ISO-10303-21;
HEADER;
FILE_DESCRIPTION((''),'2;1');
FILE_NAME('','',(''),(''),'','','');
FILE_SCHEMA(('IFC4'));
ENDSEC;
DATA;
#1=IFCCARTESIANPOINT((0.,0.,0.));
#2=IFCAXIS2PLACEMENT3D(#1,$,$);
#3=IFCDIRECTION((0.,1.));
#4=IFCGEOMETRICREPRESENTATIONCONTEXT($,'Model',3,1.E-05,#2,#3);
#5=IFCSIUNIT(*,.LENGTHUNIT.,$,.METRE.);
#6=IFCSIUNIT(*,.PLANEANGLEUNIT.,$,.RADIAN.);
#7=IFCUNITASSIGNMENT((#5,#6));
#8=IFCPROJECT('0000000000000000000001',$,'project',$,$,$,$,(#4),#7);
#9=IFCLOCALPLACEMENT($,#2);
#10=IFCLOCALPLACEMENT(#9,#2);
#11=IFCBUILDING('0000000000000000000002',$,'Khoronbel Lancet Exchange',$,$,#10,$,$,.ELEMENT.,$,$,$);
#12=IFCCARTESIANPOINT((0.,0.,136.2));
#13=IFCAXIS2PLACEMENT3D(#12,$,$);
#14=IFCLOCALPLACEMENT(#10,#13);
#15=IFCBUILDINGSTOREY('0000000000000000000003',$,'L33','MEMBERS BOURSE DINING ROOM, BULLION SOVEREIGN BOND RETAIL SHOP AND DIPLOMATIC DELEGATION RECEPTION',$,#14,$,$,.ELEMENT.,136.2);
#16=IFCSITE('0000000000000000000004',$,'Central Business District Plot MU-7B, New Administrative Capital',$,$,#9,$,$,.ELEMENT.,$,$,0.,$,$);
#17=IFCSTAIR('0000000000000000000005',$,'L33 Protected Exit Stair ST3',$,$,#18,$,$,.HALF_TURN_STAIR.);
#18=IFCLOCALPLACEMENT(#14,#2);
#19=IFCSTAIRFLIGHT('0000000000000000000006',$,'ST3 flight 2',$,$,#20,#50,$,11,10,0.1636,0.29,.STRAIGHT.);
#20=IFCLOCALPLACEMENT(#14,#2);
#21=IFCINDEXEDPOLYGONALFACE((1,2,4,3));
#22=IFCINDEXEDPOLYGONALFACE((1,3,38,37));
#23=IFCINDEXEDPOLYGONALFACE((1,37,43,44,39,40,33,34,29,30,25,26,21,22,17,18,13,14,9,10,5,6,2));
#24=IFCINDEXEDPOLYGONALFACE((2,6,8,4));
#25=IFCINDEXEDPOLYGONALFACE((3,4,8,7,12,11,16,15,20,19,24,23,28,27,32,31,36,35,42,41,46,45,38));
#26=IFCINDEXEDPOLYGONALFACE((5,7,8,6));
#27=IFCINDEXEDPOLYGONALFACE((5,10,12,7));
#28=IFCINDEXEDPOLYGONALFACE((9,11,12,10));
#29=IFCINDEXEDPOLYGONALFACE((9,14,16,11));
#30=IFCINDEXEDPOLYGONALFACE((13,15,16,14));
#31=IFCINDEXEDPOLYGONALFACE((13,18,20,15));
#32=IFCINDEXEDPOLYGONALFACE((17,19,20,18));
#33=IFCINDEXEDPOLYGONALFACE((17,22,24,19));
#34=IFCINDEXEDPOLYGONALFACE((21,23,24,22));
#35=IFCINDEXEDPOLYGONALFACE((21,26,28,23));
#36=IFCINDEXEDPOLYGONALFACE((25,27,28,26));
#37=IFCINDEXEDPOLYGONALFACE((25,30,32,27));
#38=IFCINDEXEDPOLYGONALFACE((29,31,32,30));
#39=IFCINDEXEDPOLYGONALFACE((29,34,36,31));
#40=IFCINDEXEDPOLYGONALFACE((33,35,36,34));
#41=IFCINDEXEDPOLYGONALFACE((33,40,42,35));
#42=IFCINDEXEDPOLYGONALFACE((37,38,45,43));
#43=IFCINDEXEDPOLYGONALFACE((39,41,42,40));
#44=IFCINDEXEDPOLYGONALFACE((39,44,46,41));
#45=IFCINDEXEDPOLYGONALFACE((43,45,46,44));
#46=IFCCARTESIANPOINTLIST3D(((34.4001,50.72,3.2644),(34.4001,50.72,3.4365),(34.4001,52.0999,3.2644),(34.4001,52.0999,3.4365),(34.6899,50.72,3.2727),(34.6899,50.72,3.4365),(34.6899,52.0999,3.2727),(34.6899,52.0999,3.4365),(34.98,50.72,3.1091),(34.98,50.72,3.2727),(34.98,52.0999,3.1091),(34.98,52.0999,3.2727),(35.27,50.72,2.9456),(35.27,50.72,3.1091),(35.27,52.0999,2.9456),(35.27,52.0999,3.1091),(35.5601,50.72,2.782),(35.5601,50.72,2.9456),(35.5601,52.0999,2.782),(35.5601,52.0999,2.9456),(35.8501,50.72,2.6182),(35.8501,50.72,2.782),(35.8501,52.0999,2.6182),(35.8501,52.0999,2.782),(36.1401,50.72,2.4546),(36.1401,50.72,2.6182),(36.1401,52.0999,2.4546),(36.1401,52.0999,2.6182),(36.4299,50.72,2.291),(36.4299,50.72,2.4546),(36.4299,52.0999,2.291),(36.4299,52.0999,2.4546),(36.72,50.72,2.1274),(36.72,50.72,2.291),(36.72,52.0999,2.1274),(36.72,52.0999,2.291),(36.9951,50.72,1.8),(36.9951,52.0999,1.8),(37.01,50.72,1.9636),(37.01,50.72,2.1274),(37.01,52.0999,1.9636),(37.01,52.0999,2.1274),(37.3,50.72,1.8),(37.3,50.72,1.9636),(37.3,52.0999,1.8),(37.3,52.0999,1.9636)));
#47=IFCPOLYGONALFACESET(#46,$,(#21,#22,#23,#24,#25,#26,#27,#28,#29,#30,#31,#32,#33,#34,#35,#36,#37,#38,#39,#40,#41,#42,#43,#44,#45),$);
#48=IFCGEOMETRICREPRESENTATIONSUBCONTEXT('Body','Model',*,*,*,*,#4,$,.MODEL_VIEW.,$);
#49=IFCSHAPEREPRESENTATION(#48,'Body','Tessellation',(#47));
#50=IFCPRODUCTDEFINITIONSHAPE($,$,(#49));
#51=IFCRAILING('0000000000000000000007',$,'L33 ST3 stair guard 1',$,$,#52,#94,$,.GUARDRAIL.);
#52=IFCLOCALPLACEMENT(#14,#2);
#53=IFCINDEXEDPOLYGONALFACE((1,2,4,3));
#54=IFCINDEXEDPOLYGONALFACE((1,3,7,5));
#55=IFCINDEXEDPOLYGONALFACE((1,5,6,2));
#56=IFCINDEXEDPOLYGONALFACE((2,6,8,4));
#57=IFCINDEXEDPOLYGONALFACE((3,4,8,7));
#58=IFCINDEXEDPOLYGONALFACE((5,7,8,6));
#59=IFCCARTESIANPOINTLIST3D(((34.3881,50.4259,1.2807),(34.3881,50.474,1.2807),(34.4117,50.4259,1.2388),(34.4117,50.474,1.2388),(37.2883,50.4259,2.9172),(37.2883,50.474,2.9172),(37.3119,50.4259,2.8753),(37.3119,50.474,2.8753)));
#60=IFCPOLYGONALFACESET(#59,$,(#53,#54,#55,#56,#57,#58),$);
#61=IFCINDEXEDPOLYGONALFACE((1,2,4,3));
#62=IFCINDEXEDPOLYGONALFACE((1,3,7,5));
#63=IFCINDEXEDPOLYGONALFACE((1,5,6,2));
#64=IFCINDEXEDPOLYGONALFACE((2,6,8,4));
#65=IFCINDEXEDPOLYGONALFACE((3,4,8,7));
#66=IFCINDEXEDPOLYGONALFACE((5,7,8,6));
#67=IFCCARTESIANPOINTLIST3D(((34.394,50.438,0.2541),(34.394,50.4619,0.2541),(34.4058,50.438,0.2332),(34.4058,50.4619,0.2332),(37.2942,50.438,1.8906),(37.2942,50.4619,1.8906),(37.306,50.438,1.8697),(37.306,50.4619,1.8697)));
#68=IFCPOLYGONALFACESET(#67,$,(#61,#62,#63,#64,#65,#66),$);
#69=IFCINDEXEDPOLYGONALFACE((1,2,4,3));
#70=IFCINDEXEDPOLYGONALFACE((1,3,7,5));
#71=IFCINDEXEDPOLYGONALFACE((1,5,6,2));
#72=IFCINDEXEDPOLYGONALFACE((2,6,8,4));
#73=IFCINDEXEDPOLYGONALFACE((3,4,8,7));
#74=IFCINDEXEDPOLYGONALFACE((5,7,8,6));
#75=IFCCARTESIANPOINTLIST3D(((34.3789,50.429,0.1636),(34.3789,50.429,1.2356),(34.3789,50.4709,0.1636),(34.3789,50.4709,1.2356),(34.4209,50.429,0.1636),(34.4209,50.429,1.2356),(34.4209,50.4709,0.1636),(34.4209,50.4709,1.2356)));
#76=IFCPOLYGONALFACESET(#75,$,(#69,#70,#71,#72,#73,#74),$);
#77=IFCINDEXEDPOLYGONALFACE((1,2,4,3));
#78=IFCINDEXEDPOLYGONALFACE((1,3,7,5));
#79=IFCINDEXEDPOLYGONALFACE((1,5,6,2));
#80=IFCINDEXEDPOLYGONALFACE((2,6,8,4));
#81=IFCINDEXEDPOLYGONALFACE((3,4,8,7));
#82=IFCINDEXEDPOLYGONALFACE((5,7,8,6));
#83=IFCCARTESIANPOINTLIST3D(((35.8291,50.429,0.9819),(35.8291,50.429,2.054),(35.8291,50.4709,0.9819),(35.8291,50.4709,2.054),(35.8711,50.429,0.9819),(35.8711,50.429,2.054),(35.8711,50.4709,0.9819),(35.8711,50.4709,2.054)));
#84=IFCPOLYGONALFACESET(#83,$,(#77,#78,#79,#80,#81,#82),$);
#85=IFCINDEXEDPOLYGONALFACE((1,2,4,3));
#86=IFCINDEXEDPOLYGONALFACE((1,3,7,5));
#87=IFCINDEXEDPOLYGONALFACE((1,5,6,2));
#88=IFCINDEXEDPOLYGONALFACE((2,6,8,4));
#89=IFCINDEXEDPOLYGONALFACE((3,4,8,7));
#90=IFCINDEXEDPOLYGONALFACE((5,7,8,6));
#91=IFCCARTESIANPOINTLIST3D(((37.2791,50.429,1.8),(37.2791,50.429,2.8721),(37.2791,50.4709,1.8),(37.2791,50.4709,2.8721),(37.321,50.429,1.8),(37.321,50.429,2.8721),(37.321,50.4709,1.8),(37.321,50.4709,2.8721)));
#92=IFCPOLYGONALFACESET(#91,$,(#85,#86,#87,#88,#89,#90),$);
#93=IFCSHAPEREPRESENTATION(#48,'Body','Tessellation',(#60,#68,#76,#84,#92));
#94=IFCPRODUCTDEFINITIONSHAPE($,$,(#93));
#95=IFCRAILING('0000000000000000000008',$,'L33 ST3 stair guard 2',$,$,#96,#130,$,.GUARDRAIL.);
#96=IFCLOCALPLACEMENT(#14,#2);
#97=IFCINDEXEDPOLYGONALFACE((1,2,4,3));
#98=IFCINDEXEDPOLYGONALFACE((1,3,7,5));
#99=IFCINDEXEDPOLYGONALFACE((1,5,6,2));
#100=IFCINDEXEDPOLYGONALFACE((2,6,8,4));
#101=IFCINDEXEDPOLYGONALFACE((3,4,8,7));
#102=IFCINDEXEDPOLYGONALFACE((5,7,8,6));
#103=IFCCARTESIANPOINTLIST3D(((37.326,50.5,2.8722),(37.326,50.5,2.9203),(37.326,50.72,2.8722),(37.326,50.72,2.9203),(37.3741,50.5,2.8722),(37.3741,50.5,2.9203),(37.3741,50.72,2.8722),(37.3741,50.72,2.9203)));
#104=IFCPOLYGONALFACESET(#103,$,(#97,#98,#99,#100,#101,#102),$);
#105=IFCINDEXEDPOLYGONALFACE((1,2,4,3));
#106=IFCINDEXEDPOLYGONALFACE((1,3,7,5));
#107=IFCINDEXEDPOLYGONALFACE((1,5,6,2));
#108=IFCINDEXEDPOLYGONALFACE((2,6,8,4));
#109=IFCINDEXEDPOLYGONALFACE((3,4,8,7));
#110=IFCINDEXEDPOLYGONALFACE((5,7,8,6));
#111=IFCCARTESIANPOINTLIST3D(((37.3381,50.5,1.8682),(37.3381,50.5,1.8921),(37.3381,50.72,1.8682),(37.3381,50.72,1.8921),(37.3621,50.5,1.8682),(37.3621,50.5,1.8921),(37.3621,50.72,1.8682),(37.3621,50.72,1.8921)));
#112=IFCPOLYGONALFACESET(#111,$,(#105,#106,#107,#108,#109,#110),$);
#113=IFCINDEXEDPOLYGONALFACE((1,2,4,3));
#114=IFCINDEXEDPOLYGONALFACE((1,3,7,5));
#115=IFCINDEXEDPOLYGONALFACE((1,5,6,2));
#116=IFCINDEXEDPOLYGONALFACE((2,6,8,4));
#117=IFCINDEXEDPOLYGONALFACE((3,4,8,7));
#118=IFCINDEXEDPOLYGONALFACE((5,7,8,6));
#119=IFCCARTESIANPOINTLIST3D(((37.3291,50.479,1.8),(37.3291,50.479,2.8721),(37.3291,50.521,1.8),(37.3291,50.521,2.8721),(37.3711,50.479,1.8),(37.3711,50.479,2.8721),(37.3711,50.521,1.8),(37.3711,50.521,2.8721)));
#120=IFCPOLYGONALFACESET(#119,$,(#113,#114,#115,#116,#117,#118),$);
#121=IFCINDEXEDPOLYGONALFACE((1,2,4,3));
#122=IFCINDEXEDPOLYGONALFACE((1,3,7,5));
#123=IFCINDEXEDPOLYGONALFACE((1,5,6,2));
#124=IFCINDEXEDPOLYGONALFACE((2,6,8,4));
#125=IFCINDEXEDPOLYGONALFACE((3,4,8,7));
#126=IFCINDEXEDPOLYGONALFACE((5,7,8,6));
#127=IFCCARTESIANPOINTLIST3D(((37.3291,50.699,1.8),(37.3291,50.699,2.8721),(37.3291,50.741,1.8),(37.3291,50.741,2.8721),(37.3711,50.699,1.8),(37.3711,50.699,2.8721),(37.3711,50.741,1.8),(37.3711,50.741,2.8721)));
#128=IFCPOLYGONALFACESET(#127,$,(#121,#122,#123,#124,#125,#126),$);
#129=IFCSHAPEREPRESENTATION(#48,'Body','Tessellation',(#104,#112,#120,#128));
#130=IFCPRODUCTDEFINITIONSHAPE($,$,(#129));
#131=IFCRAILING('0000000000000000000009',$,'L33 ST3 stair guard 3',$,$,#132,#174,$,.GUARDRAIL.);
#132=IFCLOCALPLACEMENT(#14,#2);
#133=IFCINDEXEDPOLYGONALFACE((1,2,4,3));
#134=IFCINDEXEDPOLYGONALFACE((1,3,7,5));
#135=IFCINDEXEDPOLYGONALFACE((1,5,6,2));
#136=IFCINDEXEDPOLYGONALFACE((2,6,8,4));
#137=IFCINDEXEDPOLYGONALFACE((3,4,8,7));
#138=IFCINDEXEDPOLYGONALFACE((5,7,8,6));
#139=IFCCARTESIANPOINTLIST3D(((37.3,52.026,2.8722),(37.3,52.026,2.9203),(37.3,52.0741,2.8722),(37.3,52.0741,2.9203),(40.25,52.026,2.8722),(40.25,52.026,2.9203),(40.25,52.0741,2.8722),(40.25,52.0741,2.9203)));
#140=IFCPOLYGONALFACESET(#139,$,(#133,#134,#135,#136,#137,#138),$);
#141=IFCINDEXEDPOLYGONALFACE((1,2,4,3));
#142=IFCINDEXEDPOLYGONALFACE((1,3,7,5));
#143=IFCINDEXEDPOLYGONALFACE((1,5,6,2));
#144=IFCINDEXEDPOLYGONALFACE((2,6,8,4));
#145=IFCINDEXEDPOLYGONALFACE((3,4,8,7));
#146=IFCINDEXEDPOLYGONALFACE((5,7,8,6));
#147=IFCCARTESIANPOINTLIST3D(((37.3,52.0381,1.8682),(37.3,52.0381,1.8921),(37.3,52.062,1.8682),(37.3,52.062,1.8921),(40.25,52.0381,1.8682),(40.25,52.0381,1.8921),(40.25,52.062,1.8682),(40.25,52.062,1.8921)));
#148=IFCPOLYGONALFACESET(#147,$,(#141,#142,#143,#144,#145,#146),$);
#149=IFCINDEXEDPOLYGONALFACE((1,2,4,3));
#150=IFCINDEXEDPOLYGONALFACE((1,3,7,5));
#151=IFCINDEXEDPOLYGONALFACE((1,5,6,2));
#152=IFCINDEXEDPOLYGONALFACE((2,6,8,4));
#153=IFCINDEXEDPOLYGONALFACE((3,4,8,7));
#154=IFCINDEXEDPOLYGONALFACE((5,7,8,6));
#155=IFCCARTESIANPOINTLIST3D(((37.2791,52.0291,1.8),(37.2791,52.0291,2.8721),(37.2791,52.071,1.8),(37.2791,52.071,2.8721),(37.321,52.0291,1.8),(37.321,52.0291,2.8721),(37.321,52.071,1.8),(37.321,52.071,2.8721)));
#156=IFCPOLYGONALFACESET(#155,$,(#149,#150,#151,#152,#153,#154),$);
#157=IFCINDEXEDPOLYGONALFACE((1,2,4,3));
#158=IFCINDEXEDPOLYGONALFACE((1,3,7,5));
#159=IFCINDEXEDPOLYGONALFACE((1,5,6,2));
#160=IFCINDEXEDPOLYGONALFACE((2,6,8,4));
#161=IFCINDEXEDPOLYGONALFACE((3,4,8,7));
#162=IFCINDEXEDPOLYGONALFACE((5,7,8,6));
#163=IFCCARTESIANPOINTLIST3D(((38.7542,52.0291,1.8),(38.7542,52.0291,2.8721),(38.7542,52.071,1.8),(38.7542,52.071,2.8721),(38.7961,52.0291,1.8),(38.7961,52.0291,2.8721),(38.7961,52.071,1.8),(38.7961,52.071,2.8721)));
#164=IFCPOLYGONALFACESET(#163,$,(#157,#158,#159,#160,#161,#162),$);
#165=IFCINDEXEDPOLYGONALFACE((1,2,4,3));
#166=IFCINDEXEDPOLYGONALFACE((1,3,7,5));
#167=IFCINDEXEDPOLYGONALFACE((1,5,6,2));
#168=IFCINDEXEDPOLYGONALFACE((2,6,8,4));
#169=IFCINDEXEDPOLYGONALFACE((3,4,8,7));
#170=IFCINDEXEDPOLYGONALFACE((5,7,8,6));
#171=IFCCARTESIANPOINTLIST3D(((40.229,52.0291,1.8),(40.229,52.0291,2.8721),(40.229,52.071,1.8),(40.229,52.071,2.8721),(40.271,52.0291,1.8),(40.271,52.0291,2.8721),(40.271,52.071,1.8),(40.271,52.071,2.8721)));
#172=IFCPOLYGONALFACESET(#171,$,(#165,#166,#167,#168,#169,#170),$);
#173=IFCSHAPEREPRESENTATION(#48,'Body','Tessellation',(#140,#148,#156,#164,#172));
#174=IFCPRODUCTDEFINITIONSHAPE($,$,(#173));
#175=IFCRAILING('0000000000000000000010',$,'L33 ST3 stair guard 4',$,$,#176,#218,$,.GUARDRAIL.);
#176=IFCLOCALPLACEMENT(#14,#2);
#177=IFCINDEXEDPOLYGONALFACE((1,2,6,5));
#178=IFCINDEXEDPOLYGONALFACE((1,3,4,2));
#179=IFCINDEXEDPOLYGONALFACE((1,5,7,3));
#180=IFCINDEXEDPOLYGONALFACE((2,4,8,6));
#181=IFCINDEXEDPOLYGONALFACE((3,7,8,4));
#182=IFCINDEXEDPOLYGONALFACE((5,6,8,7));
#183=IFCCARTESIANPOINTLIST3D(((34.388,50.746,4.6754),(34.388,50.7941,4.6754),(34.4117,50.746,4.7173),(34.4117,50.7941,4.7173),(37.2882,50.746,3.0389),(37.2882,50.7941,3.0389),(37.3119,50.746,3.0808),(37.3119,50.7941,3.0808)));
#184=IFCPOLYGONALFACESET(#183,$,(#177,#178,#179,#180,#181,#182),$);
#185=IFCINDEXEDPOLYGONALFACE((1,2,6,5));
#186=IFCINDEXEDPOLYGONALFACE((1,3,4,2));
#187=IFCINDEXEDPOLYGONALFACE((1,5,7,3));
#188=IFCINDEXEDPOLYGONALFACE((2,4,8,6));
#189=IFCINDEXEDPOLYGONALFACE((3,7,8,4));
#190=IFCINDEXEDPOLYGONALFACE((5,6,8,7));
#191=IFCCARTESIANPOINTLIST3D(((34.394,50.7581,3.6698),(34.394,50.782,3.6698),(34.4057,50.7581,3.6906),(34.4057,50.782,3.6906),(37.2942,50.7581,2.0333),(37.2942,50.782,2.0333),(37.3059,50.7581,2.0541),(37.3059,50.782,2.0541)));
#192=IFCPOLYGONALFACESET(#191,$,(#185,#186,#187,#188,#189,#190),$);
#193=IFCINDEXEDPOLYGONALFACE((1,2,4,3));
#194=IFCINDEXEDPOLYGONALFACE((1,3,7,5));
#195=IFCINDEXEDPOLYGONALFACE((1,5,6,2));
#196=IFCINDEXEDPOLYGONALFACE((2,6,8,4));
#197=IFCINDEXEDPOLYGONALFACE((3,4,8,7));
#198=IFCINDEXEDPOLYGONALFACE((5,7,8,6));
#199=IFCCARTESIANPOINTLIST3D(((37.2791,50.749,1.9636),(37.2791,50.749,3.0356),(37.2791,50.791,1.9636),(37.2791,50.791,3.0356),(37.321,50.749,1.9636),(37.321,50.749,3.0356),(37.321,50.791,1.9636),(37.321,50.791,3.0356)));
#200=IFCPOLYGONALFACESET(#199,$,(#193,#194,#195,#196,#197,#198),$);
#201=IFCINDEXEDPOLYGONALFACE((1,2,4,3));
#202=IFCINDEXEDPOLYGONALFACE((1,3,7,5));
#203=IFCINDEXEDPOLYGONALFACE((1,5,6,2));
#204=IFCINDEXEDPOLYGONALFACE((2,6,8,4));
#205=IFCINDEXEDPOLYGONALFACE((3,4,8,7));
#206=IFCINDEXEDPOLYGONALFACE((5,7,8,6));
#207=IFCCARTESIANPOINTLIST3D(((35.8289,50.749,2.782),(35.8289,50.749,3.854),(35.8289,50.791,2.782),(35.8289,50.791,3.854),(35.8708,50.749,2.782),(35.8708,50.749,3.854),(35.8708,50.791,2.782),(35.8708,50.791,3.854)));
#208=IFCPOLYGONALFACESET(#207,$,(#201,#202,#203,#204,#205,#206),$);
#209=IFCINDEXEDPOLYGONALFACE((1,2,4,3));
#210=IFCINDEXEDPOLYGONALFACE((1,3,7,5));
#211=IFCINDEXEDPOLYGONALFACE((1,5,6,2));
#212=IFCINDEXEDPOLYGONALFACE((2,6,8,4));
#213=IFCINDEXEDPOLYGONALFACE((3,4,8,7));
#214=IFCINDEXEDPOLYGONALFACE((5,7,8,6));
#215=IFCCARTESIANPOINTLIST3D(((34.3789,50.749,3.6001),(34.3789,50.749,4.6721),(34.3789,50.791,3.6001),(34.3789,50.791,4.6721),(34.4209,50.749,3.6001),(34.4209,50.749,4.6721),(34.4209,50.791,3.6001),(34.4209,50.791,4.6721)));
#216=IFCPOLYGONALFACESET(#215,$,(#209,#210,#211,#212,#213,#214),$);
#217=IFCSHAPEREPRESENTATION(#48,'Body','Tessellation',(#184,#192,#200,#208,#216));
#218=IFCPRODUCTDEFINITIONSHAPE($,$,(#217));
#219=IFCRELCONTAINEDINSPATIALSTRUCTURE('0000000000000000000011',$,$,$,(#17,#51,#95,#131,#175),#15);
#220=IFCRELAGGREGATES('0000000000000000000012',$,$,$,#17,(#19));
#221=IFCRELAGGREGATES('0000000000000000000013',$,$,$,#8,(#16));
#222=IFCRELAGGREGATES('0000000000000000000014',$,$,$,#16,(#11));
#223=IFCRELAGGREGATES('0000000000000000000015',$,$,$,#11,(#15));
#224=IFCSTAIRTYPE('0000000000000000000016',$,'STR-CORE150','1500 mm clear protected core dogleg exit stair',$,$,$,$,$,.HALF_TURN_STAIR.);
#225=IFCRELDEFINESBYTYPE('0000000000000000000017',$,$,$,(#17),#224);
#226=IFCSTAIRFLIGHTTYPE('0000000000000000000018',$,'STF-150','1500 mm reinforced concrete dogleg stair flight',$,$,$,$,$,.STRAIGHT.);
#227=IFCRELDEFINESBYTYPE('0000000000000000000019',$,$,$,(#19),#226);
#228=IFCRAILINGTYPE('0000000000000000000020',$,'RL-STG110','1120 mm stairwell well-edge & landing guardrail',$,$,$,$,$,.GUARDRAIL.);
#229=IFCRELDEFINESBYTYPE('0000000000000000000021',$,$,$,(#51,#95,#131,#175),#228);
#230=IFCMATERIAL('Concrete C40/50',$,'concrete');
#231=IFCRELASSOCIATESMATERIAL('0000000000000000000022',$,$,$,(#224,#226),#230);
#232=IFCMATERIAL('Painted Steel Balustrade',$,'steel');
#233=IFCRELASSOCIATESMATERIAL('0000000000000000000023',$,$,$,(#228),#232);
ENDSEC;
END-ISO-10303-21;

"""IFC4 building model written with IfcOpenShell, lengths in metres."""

from ifc_helpers import new_model, si_unit, direction, frame, origin, origin_2d, place, context, subcontext, project, spatial, polyline, rectangle, outline, extrude, material, type_object, element, aggregate, save


model = new_model("IFC4")

# Units and contexts
model_context = context("Model", 3, precision=1e-05, world=origin(), true_north=direction((0.0, 1.0)))
body_context = subcontext(model_context, "Body", "Model", "MODEL_VIEW")
ifc_project = project(units=[si_unit("LENGTHUNIT", "METRE"), si_unit("PLANEANGLEUNIT", "RADIAN")], contexts=[model_context])

# Site, building, storey
site_placement = place(None, origin())
site = spatial("IfcSite", under=ifc_project, at=site_placement, Name="Central Business District Plot MU-7B, New Administrative Capital", CompositionType="ELEMENT", RefElevation=0.0)
building_placement = place(site_placement, origin())
building = spatial("IfcBuilding", under=site, at=building_placement, Name="Khoronbel Lancet Exchange", CompositionType="ELEMENT")
storey_placement = place(building_placement, frame((0.0, 0.0, 136.2)))
storey = spatial("IfcBuildingStorey", under=building, at=storey_placement, Name="L33", Description="MEMBERS BOURSE DINING ROOM, BULLION SOVEREIGN BOND RETAIL SHOP AND DIPLOMATIC DELEGATION RECEPTION", CompositionType="ELEMENT", Elevation=136.2)

# Stair, stair flight
ifc_material_1 = material(Name="Concrete C40/50", Category="concrete")
stair_type = type_object("IfcStairType", Name="STR-CORE150", Description="1500 mm clear protected core dogleg exit stair", PredefinedType="HALF_TURN_STAIR", material=ifc_material_1)
stair_placement = place(storey_placement, origin())
stair = element("IfcStair", 1, at=stair_placement, inside=storey, type_object=stair_type, Name="L33 Protected Exit Stair ST3", PredefinedType="HALF_TURN_STAIR")
stair_flight_type = type_object("IfcStairFlightType", Name="STF-150", Description="1500 mm reinforced concrete dogleg stair flight", PredefinedType="STRAIGHT", material=ifc_material_1)
stair_flight_1_placement = place(storey_placement, frame((37.3, 51.4099, 1.8), z_axis=(0.0, 0.0, 1.0), x_axis=(-1.0, 0.0, 0.0)))
stair_flight_1 = element("IfcStairFlight", 2, at=stair_flight_1_placement, type_object=stair_flight_type, Name="ST3 flight 2", NumberOfRisers=11, NumberOfTreads=10, PredefinedType="STRAIGHT", RiserHeight=0.1636, TreadLength=0.29, context=body_context, shape_type="SweptSolid", body=[
    extrude(outline(polyline([(0.0, 0.0), (0.0, 0.1636), (0.29, 0.1636), (0.29, 0.3274), (0.5801, 0.3274), (0.5801, 0.491), (0.8701, 0.491), (0.8701, 0.6545), (1.1599, 0.6545), (1.1599, 0.8181), (1.45, 0.8181), (1.45, 0.9819), (1.74, 0.9819), (1.74, 1.1455), (2.03, 1.1455), (2.03, 1.3091), (2.3201, 1.3091), (2.3201, 1.4727), (2.6101, 1.4727), (2.6101, 1.6365), (2.8999, 1.6365), (2.8999, 1.8), (2.8999, 1.4644), (0.3049, 0.0), (0.0, 0.0)])), frame((0.0, 0.6899, 0.0), z_axis=(0.0, -1.0, 0.0), x_axis=(1.0, 0.0, 0.0)), (0.0, 0.0, 1.0), 1.3799),
])
aggregate(stair, [stair_flight_1])

# Railings
ifc_material_2 = material(Name="Painted Steel Balustrade", Category="steel")
railing_type_1 = type_object("IfcRailingType", Name="RL-STG110", Description="1120 mm stairwell well-edge & landing guardrail", PredefinedType="GUARDRAIL", material=ifc_material_2)
railing_1_placement = place(storey_placement, frame((34.3999, 50.45, 0.1636)))
element("IfcRailing", 3, at=railing_1_placement, inside=storey, type_object=railing_type_1, Name="L33 ST3 stair guard 1", PredefinedType="GUARDRAIL", context=body_context, shape_type="SweptSolid", body=[
    extrude(rectangle(XDim=0.0481, YDim=0.0481, at=origin_2d()), frame((0.0, 0.0, 1.0962), z_axis=(0.870915, 0.0, 0.491434), x_axis=(0.0, 1.0, 0.0)), (0.0, 0.0, 1.0), 3.3301),
    extrude(rectangle(XDim=0.0239, YDim=0.0239, at=origin_2d()), frame((0.0, 0.0, 0.0801), z_axis=(0.870915, 0.0, 0.491434), x_axis=(0.0, 1.0, 0.0)), (0.0, 0.0, 1.0), 3.3301),
    extrude(rectangle(XDim=0.042, YDim=0.042, at=origin_2d()), origin(), (0.0, 0.0, 1.0), 1.072),
    extrude(rectangle(XDim=0.042, YDim=0.042, at=origin_2d()), frame((1.4502, 0.0, 0.8184)), (0.0, 0.0, 1.0), 1.072),
    extrude(rectangle(XDim=0.042, YDim=0.042, at=origin_2d()), frame((2.9001, 0.0, 1.6365)), (0.0, 0.0, 1.0), 1.072),
])
railing_2_placement = place(storey_placement, frame((37.3501, 50.5, 1.8)))
element("IfcRailing", 4, at=railing_2_placement, inside=storey, type_object=railing_type_1, Name="L33 ST3 stair guard 2", PredefinedType="GUARDRAIL", context=body_context, shape_type="SweptSolid", body=[
    extrude(rectangle(XDim=0.0481, YDim=0.0481, at=origin_2d()), frame((0.0, 0.0, 1.0962), z_axis=(0.0, 1.0, 0.0), x_axis=(-1.0, 0.0, 0.0)), (0.0, 0.0, 1.0), 0.22),
    extrude(rectangle(XDim=0.0239, YDim=0.0239, at=origin_2d()), frame((0.0, 0.0, 0.0801), z_axis=(0.0, 1.0, 0.0), x_axis=(-1.0, 0.0, 0.0)), (0.0, 0.0, 1.0), 0.22),
    extrude(rectangle(XDim=0.042, YDim=0.042, at=origin_2d()), origin(), (0.0, 0.0, 1.0), 1.072),
    extrude(rectangle(XDim=0.042, YDim=0.042, at=origin_2d()), frame((0.0, 0.22, 0.0)), (0.0, 0.0, 1.0), 1.072),
])
railing_3_placement = place(storey_placement, frame((37.3, 52.05, 1.8)))
element("IfcRailing", 5, at=railing_3_placement, inside=storey, type_object=railing_type_1, Name="L33 ST3 stair guard 3", PredefinedType="GUARDRAIL", context=body_context, shape_type="SweptSolid", body=[
    extrude(rectangle(XDim=0.0481, YDim=0.0481, at=origin_2d()), frame((0.0, 0.0, 1.0962), z_axis=(1.0, 0.0, 0.0), x_axis=(0.0, 1.0, 0.0)), (0.0, 0.0, 1.0), 2.95),
    extrude(rectangle(XDim=0.0239, YDim=0.0239, at=origin_2d()), frame((0.0, 0.0, 0.0801), z_axis=(1.0, 0.0, 0.0), x_axis=(0.0, 1.0, 0.0)), (0.0, 0.0, 1.0), 2.95),
    extrude(rectangle(XDim=0.042, YDim=0.042, at=origin_2d()), origin(), (0.0, 0.0, 1.0), 1.072),
    extrude(rectangle(XDim=0.042, YDim=0.042, at=origin_2d()), frame((1.4751, 0.0, 0.0)), (0.0, 0.0, 1.0), 1.072),
    extrude(rectangle(XDim=0.042, YDim=0.042, at=origin_2d()), frame((2.95, 0.0, 0.0)), (0.0, 0.0, 1.0), 1.072),
])
railing_4_placement = place(storey_placement, frame((37.3, 50.77, 1.9636)))
element("IfcRailing", 6, at=railing_4_placement, inside=storey, type_object=railing_type_1, Name="L33 ST3 stair guard 4", PredefinedType="GUARDRAIL", context=body_context, shape_type="SweptSolid", body=[
    extrude(rectangle(XDim=0.0481, YDim=0.0481, at=origin_2d()), frame((0.0, 0.0, 1.0962), z_axis=(-0.870915, 0.0, 0.491434), x_axis=(0.0, -1.0, 0.0)), (0.0, 0.0, 1.0), 3.3301),
    extrude(rectangle(XDim=0.0239, YDim=0.0239, at=origin_2d()), frame((0.0, 0.0, 0.0801), z_axis=(-0.870915, 0.0, 0.491434), x_axis=(0.0, -1.0, 0.0)), (0.0, 0.0, 1.0), 3.3301),
    extrude(rectangle(XDim=0.042, YDim=0.042, at=origin_2d()), origin(), (0.0, 0.0, 1.0), 1.072),
    extrude(rectangle(XDim=0.042, YDim=0.042, at=origin_2d()), frame((-1.4502, 0.0, 0.8184)), (0.0, 0.0, 1.0), 1.072),
    extrude(rectangle(XDim=0.042, YDim=0.042, at=origin_2d()), frame((-2.9001, 0.0, 1.6365)), (0.0, 0.0, 1.0), 1.072),
])

save(model, "model.ifc")
